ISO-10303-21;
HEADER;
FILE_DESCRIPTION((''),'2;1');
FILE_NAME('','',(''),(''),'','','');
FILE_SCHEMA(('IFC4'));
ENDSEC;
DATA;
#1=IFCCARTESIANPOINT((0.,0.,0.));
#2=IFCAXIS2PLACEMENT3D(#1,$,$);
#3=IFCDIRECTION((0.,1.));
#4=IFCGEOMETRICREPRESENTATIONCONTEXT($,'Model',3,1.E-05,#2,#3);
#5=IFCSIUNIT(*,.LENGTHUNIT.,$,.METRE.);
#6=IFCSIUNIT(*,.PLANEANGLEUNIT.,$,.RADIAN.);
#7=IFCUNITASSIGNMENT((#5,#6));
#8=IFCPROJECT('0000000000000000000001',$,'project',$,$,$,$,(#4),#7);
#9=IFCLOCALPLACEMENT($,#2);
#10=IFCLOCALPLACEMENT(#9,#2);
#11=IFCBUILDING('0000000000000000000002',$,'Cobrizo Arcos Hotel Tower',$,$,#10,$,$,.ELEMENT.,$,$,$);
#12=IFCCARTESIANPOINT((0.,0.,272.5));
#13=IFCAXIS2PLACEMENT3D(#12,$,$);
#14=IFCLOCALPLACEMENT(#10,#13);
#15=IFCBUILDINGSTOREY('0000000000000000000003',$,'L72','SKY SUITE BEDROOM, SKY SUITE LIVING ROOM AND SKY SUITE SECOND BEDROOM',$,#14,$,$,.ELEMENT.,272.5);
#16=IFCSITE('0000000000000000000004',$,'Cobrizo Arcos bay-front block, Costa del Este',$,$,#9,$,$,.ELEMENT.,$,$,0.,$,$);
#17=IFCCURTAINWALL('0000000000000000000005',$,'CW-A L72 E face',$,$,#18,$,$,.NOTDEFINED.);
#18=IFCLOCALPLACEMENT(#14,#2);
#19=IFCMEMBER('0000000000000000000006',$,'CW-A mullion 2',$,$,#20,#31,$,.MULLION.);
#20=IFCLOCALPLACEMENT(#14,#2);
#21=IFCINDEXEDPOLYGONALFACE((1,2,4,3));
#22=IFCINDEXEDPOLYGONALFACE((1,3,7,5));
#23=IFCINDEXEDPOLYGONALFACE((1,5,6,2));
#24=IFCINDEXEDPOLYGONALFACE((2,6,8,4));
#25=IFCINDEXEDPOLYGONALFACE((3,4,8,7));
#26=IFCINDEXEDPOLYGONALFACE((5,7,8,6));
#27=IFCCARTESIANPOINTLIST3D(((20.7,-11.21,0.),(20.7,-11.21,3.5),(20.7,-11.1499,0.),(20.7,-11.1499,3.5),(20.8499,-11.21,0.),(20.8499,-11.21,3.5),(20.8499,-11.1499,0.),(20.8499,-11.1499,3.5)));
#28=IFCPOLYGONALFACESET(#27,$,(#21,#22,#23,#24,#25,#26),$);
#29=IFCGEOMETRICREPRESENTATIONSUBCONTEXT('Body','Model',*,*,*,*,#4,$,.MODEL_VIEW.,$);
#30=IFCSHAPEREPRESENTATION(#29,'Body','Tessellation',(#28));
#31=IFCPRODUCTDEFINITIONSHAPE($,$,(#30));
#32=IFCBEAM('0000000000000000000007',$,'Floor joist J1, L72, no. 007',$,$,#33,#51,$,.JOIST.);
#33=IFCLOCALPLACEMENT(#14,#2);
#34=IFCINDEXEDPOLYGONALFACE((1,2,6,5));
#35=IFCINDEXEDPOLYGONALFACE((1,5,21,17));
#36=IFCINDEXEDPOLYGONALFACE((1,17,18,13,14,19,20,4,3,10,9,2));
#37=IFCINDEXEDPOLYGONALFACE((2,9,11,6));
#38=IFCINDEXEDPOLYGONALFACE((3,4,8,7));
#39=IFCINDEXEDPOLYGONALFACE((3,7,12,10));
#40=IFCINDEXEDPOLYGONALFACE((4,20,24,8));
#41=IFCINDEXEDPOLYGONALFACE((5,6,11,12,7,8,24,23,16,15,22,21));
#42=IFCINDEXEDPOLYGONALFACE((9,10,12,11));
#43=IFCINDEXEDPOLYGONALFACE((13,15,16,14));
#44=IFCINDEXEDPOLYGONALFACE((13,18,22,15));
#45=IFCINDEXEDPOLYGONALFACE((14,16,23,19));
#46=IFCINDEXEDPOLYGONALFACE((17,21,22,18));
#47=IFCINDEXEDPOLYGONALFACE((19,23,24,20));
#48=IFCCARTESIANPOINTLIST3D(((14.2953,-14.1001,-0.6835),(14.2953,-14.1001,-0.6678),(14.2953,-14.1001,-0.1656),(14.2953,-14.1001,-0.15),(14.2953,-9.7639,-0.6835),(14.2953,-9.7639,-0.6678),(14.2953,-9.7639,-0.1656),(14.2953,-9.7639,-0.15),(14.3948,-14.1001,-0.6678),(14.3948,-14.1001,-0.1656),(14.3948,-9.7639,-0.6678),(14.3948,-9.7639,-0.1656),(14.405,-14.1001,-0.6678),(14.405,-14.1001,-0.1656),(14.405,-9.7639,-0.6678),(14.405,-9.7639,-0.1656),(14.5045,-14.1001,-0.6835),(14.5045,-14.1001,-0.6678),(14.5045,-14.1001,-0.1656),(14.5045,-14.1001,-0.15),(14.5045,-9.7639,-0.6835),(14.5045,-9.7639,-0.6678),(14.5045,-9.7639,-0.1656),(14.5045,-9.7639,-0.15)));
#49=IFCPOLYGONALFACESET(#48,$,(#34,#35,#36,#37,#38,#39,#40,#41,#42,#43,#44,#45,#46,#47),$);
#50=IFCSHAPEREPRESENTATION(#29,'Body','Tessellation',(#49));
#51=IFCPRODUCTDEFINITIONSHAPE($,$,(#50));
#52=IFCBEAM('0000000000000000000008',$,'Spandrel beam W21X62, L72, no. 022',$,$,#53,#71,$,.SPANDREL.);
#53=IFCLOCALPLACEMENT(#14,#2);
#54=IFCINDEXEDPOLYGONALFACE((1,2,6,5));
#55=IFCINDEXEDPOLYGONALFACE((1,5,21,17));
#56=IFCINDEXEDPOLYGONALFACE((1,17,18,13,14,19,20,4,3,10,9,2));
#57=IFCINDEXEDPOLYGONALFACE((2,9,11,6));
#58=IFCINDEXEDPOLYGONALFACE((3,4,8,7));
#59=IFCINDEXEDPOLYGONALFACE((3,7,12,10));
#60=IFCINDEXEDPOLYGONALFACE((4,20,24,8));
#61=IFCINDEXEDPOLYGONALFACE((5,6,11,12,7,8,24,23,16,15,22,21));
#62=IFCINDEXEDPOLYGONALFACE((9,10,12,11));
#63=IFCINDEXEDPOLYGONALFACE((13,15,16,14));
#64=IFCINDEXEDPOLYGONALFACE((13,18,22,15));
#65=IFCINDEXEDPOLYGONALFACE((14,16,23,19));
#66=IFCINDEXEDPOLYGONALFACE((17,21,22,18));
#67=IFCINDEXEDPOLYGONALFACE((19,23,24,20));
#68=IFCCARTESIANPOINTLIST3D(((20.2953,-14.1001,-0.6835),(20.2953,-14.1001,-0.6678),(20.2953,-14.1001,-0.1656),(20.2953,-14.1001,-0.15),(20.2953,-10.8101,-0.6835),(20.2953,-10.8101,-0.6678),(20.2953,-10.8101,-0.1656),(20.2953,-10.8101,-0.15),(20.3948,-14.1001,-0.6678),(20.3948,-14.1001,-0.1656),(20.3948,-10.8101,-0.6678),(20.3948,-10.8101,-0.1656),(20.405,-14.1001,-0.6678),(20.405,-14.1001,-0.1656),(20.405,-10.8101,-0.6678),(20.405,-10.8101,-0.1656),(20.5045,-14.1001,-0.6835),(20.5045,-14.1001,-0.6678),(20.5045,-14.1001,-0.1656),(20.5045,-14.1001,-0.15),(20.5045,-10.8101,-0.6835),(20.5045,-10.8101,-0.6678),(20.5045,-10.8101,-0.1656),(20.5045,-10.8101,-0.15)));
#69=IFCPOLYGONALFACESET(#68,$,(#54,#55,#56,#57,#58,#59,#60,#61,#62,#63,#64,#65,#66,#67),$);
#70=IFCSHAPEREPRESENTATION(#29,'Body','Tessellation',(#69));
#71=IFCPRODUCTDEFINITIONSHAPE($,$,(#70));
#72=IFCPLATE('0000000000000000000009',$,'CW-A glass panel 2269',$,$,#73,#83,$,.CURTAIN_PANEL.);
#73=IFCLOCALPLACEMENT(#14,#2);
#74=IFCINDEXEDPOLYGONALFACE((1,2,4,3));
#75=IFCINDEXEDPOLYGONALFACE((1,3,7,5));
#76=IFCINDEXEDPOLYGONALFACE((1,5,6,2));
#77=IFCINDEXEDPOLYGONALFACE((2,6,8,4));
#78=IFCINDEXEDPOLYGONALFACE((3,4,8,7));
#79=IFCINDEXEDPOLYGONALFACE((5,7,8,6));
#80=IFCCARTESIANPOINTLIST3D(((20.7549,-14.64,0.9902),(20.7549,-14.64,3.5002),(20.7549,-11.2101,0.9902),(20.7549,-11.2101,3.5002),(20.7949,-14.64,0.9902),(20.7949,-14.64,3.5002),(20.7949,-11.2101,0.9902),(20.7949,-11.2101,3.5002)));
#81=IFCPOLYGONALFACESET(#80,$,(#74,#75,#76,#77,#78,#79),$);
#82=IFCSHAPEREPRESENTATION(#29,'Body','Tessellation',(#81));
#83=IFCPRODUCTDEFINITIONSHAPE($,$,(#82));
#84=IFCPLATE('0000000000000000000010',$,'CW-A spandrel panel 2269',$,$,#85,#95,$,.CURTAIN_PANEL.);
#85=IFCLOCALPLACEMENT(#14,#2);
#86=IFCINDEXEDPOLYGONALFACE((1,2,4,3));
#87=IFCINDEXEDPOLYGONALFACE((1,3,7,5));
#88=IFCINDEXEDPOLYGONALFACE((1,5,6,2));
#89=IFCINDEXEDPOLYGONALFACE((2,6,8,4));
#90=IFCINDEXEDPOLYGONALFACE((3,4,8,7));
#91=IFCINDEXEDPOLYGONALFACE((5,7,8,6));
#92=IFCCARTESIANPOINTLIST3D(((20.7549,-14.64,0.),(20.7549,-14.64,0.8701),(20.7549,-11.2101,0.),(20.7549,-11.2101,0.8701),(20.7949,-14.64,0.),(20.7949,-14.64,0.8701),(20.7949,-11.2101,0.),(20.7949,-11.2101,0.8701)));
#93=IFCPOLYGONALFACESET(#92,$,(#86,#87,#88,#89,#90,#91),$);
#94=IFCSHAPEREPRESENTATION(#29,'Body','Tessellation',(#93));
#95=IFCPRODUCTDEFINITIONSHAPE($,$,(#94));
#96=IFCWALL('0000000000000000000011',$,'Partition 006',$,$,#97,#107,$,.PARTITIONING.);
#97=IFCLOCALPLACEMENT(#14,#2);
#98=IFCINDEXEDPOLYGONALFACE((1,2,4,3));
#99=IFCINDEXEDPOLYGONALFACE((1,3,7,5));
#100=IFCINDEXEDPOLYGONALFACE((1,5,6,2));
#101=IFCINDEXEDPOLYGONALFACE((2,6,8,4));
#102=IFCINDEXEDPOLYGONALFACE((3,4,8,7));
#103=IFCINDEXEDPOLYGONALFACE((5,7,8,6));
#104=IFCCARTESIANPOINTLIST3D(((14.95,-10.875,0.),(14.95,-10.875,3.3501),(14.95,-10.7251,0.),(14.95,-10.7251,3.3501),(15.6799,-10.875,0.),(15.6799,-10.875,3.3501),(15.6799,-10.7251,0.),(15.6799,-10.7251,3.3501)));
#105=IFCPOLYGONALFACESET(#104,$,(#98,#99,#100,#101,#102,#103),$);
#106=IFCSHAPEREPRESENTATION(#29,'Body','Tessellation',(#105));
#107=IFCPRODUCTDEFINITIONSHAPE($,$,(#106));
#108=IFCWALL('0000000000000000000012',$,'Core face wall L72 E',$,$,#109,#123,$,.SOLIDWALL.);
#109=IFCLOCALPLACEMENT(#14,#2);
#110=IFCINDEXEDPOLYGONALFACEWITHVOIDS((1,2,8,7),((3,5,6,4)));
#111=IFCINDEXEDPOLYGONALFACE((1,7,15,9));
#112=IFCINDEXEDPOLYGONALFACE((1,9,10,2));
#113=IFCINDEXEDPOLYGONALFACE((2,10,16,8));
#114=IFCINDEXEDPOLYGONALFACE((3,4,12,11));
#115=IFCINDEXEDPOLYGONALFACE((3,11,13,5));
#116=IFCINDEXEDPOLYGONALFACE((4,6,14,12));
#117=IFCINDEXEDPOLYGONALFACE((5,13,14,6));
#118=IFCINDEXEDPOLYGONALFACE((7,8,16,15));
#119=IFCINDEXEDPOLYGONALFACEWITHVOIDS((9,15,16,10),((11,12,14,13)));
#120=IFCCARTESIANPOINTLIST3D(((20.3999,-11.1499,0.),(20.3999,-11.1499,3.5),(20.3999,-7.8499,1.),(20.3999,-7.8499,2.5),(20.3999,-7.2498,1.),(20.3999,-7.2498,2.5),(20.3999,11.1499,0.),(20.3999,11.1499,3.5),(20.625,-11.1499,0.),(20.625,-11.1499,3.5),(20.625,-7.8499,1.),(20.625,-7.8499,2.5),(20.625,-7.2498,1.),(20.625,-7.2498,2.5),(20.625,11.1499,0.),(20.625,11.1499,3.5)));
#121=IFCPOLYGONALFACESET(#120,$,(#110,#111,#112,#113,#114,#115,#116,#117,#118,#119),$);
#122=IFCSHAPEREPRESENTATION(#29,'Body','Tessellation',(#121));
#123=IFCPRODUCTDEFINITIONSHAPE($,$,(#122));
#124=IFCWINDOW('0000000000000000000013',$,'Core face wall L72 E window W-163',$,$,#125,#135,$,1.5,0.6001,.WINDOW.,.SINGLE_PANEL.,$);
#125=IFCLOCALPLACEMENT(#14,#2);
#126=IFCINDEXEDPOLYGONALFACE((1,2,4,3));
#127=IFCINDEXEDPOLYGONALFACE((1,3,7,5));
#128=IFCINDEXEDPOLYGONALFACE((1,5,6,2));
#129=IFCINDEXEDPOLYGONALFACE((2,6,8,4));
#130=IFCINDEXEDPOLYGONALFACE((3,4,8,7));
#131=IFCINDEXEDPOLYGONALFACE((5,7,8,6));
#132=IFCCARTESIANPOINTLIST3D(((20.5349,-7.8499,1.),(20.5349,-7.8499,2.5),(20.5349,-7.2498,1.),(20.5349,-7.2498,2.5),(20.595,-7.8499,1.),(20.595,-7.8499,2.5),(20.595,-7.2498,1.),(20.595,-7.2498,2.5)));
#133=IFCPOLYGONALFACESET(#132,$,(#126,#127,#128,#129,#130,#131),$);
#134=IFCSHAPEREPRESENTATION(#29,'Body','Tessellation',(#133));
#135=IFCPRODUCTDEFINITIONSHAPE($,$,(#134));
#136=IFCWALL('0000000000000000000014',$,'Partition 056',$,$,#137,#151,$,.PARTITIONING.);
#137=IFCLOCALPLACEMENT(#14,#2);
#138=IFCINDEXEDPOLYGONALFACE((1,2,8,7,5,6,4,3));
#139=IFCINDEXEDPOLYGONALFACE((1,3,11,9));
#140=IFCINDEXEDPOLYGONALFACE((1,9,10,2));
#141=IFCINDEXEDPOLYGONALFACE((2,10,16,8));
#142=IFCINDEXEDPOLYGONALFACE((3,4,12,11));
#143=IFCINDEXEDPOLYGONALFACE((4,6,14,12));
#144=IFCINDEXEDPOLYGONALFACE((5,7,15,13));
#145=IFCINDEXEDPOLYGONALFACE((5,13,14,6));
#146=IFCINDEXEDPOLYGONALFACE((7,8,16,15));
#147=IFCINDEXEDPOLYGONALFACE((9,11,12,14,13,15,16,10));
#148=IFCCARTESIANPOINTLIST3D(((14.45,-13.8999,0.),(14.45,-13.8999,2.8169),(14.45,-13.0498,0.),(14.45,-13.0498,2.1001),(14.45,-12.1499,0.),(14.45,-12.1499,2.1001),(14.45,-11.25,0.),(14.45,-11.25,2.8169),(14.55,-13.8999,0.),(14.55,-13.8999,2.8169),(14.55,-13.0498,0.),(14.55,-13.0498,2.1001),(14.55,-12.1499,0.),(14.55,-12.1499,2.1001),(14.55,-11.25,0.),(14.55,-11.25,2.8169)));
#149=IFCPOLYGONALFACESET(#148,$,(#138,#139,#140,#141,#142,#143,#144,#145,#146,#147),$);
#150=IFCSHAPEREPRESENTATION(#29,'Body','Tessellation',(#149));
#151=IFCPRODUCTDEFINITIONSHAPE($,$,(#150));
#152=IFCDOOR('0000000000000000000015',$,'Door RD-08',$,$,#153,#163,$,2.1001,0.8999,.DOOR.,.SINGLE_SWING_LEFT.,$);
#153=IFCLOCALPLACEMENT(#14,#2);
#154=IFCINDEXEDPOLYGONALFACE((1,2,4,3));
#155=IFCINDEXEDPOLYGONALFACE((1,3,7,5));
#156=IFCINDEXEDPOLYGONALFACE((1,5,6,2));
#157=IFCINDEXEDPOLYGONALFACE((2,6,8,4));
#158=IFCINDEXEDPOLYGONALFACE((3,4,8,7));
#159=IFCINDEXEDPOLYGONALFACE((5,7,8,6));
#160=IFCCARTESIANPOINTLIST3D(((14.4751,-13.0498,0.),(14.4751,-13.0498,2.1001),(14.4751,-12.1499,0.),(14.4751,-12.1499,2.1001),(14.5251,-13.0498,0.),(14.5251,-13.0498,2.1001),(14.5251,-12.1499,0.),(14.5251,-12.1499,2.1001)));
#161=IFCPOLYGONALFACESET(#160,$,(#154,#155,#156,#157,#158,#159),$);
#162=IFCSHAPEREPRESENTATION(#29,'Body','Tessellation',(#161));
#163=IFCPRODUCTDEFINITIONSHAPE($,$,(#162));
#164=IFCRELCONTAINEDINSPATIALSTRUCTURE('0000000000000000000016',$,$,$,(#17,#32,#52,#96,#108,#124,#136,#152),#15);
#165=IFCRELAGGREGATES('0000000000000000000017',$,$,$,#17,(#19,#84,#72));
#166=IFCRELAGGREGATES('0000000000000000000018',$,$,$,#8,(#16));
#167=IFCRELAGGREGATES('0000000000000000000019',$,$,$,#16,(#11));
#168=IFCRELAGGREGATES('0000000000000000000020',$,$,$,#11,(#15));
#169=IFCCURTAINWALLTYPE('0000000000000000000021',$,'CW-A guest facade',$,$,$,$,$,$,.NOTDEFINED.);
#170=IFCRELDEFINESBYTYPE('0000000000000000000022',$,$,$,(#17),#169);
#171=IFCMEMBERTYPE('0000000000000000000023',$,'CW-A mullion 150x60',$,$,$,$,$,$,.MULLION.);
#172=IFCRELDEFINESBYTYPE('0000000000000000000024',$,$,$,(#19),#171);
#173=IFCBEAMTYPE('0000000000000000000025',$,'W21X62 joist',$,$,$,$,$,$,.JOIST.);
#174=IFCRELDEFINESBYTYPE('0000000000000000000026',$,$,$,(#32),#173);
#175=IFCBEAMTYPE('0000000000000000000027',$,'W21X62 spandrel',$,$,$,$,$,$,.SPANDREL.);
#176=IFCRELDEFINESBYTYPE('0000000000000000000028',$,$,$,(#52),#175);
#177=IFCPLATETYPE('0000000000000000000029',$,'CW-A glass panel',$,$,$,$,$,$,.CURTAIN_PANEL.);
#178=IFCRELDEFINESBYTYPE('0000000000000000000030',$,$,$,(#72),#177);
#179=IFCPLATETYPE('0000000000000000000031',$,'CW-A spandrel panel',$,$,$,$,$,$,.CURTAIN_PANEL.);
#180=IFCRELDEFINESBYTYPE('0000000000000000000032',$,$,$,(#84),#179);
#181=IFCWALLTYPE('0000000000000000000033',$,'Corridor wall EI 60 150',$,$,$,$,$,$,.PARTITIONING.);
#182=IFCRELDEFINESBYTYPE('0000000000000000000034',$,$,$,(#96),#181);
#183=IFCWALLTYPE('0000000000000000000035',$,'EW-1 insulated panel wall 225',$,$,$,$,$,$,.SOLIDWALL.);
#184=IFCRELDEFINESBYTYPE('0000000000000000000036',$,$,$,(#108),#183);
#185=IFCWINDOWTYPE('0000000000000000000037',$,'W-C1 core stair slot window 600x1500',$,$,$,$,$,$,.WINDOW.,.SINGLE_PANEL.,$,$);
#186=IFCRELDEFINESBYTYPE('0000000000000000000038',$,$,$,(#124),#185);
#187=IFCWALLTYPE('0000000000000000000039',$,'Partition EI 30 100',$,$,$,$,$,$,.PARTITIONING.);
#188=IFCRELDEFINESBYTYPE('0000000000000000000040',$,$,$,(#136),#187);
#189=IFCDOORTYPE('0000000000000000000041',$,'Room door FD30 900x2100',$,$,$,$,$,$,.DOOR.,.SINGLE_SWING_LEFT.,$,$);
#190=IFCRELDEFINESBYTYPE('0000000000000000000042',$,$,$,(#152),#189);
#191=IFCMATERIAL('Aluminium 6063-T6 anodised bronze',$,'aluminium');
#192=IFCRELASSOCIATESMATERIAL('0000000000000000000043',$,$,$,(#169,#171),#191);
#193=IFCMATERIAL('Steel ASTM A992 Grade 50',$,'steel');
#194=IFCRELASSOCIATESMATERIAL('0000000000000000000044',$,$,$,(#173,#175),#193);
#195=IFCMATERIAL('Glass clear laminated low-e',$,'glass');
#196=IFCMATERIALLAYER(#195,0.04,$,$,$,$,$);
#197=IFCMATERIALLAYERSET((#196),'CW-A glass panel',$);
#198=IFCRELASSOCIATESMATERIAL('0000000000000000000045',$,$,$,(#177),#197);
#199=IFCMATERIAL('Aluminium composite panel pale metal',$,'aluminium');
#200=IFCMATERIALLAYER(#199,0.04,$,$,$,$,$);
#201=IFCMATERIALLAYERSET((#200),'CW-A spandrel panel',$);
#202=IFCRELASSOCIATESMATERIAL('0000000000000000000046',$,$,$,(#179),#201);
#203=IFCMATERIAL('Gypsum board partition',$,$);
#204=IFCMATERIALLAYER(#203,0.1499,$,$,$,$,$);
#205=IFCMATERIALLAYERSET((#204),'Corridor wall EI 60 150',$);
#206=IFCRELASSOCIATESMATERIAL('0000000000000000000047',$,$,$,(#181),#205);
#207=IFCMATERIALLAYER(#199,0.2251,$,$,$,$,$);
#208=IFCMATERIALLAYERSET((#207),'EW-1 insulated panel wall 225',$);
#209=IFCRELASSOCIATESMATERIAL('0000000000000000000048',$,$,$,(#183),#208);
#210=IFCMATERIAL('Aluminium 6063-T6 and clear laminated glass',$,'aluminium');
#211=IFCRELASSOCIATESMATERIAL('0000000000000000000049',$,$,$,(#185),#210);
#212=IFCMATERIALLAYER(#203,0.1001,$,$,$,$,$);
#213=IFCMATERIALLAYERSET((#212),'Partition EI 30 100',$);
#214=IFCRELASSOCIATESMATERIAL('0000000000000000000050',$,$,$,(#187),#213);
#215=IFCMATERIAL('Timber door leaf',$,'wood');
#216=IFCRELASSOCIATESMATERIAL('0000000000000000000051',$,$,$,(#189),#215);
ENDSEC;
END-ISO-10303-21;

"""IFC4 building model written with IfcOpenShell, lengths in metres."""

from ifc_helpers import new_model, si_unit, direction, frame, frame_2d, origin, origin_2d, place, context, subcontext, project, spatial, rectangle, i_section, extrude, material, layer, layer_set, material_profile, profile_set, type_object, element, fill, aggregate, save


model = new_model("IFC4")

# Units and contexts
model_context = context("Model", 3, precision=1e-05, world=origin(), true_north=direction((0.0, 1.0)))
body_context = subcontext(model_context, "Body", "Model", "MODEL_VIEW")
ifc_project = project(units=[si_unit("LENGTHUNIT", "METRE"), si_unit("PLANEANGLEUNIT", "RADIAN")], contexts=[model_context])

# Site, building, storey
site_placement = place(None, origin())
site = spatial("IfcSite", under=ifc_project, at=site_placement, Name="Cobrizo Arcos bay-front block, Costa del Este", CompositionType="ELEMENT", RefElevation=0.0)
building_placement = place(site_placement, origin())
building = spatial("IfcBuilding", under=site, at=building_placement, Name="Cobrizo Arcos Hotel Tower", CompositionType="ELEMENT")
storey_placement = place(building_placement, frame((0.0, 0.0, 272.5)))
storey = spatial("IfcBuildingStorey", under=building, at=storey_placement, Name="L72", Description="SKY SUITE BEDROOM, SKY SUITE LIVING ROOM AND SKY SUITE SECOND BEDROOM", CompositionType="ELEMENT", Elevation=272.5)

# Curtain wall, member
ifc_material_1 = material(Name="Aluminium 6063-T6 anodised bronze", Category="aluminium")
curtain_wall_type = type_object("IfcCurtainWallType", Name="CW-A guest facade", PredefinedType="NOTDEFINED", material=ifc_material_1)
curtain_wall_placement = place(storey_placement, origin())
curtain_wall = element("IfcCurtainWall", 1, at=curtain_wall_placement, inside=storey, type_object=curtain_wall_type, Name="CW-A L72 E face", PredefinedType="NOTDEFINED")
ifc_material_profile_1 = material_profile(ifc_material_1, rectangle(XDim=0.1499, YDim=0.0601, at=origin_2d()), Name="CW-A mullion 150x60")
ifc_profile_set_1 = profile_set([ifc_material_profile_1], Name="Aluminium 6063-T6 anodised bronze")
member_type = type_object("IfcMemberType", Name="CW-A mullion 150x60", PredefinedType="MULLION", material=ifc_profile_set_1)
member_placement = place(storey_placement, frame((20.7749, -11.1799, 0.0), z_axis=(0.0, 0.0, 1.0), x_axis=(1.0, 0.0, 0.0)))
member = element("IfcMember", 2, at=member_placement, type_object=member_type, Name="CW-A mullion 2", PredefinedType="MULLION", context=body_context, shape_type="SweptSolid", body=[
    extrude(rectangle(XDim=0.1499, YDim=0.0601, at=origin_2d()), origin(), (0.0, 0.0, 1.0), 3.5),
])

# Beams
ifc_material_2 = material(Name="Steel ASTM A992 Grade 50", Category="steel")
ifc_material_profile_2 = material_profile(ifc_material_2, i_section(OverallWidth=0.2092, OverallDepth=0.5334, WebThickness=0.0103, FlangeThickness=0.0156, at=origin_2d()), Name="W21X62")
ifc_profile_set_2 = profile_set([ifc_material_profile_2], Name="Steel ASTM A992 Grade 50")
beam_type_1 = type_object("IfcBeamType", Name="W21X62 joist", PredefinedType="JOIST", material=ifc_profile_set_2)
beam_1_placement = place(storey_placement, frame((14.3999, -14.1001, -0.4167), z_axis=(0.0, 1.0, 0.0), x_axis=(-1.0, 0.0, 0.0)))
element("IfcBeam", 3, at=beam_1_placement, inside=storey, type_object=beam_type_1, Name="Floor joist J1, L72, no. 007", PredefinedType="JOIST", context=body_context, shape_type="SweptSolid", body=[
    extrude(i_section(OverallWidth=0.2092, OverallDepth=0.5334, WebThickness=0.0103, FlangeThickness=0.0156, at=origin_2d()), origin(), (0.0, 0.0, 1.0), 4.3362),
])
ifc_material_profile_3 = material_profile(ifc_material_2, i_section(OverallWidth=0.2092, OverallDepth=0.5334, WebThickness=0.0103, FlangeThickness=0.0156, at=origin_2d()), Name="W21X62")
ifc_profile_set_3 = profile_set([ifc_material_profile_3], Name="Steel ASTM A992 Grade 50")
beam_type_2 = type_object("IfcBeamType", Name="W21X62 spandrel", PredefinedType="SPANDREL", material=ifc_profile_set_3)
beam_2_placement = place(storey_placement, frame((20.3999, -10.8101, -0.4167), z_axis=(0.0, -1.0, 0.0), x_axis=(1.0, 0.0, 0.0)))
element("IfcBeam", 4, at=beam_2_placement, inside=storey, type_object=beam_type_2, Name="Spandrel beam W21X62, L72, no. 022", PredefinedType="SPANDREL", context=body_context, shape_type="SweptSolid", body=[
    extrude(i_section(OverallWidth=0.2092, OverallDepth=0.5334, WebThickness=0.0103, FlangeThickness=0.0156, at=origin_2d()), origin(), (0.0, 0.0, 1.0), 3.29),
])

# Plates
ifc_material_3 = material(Name="Glass clear laminated low-e", Category="glass")
ifc_layer_1 = layer(ifc_material_3, 0.04)
ifc_layer_set_1 = layer_set([ifc_layer_1], Name="CW-A glass panel")
plate_type_1 = type_object("IfcPlateType", Name="CW-A glass panel", PredefinedType="CURTAIN_PANEL", material=ifc_layer_set_1)
plate_1_placement = place(storey_placement, frame((20.7749, -12.925, 0.9902), z_axis=(0.0, 0.0, 1.0), x_axis=(0.0, 1.0, 0.0)))
plate_1 = element("IfcPlate", 5, at=plate_1_placement, type_object=plate_type_1, Name="CW-A glass panel 2269", PredefinedType="CURTAIN_PANEL", context=body_context, shape_type="SweptSolid", body=[
    extrude(rectangle(XDim=3.4299, YDim=0.04, at=origin_2d()), origin(), (0.0, 0.0, 1.0), 2.51),
])
ifc_material_4 = material(Name="Aluminium composite panel pale metal", Category="aluminium")
ifc_layer_2 = layer(ifc_material_4, 0.04)
ifc_layer_set_2 = layer_set([ifc_layer_2], Name="CW-A spandrel panel")
plate_type_2 = type_object("IfcPlateType", Name="CW-A spandrel panel", PredefinedType="CURTAIN_PANEL", material=ifc_layer_set_2)
plate_2_placement = place(storey_placement, frame((20.7749, -12.925, 0.0), z_axis=(0.0, 0.0, 1.0), x_axis=(0.0, 1.0, 0.0)))
plate_2 = element("IfcPlate", 6, at=plate_2_placement, type_object=plate_type_2, Name="CW-A spandrel panel 2269", PredefinedType="CURTAIN_PANEL", context=body_context, shape_type="SweptSolid", body=[
    extrude(rectangle(XDim=3.4299, YDim=0.04, at=origin_2d()), origin(), (0.0, 0.0, 1.0), 0.8701),
])
aggregate(curtain_wall, [member, plate_2, plate_1])

# Wall
ifc_material_5 = material(Name="Gypsum board partition")
ifc_layer_3 = layer(ifc_material_5, 0.1499)
ifc_layer_set_3 = layer_set([ifc_layer_3], Name="Corridor wall EI 60 150")
wall_type_1 = type_object("IfcWallType", Name="Corridor wall EI 60 150", PredefinedType="PARTITIONING", material=ifc_layer_set_3)
wall_1_placement = place(storey_placement, frame((14.95, -10.8, 0.0), z_axis=(0.0, 0.0, 1.0), x_axis=(1.0, 0.0, 0.0)))
element("IfcWall", 7, at=wall_1_placement, inside=storey, type_object=wall_type_1, Name="Partition 006", PredefinedType="PARTITIONING", context=body_context, shape_type="SweptSolid", body=[
    extrude(rectangle(XDim=0.73, YDim=0.1499, at=frame_2d((0.365, 0.0))), origin(), (0.0, 0.0, 1.0), 3.3501),
])

# Wall, opening, window
ifc_layer_4 = layer(ifc_material_4, 0.2251)
ifc_layer_set_4 = layer_set([ifc_layer_4], Name="EW-1 insulated panel wall 225")
wall_type_2 = type_object("IfcWallType", Name="EW-1 insulated panel wall 225", PredefinedType="SOLIDWALL", material=ifc_layer_set_4)
wall_2_placement = place(storey_placement, frame((20.5125, -11.1499, 0.0), z_axis=(0.0, 0.0, 1.0), x_axis=(0.0, 1.0, 0.0)))
wall_2 = element("IfcWall", 8, at=wall_2_placement, inside=storey, type_object=wall_type_2, Name="Core face wall L72 E", PredefinedType="SOLIDWALL", context=body_context, shape_type="SweptSolid", body=[
    extrude(rectangle(XDim=22.2998, YDim=0.2251, at=frame_2d((11.1499, 0.0))), origin(), (0.0, 0.0, 1.0), 3.5),
])
opening_1_placement = place(wall_2_placement, frame((3.3, 0.0, 1.0)))
opening_1 = element("IfcOpeningElement", 9, at=opening_1_placement, cuts=wall_2, PredefinedType="OPENING", context=body_context, shape_type="SweptSolid", body=[
    extrude(rectangle(XDim=0.6001, YDim=1.5, at=frame_2d((0.3, 0.75))), frame((0.0, 0.1245, 0.0), z_axis=(0.0, -1.0, 0.0), x_axis=(1.0, 0.0, 0.0)), (0.0, 0.0, 1.0), 0.249),
])
ifc_material_6 = material(Name="Aluminium 6063-T6 and clear laminated glass", Category="aluminium")
window_type = type_object("IfcWindowType", Name="W-C1 core stair slot window 600x1500", PartitioningType="SINGLE_PANEL", PredefinedType="WINDOW", material=ifc_material_6)
window_placement = place(opening_1_placement, origin())
window = element("IfcWindow", 10, at=window_placement, inside=storey, type_object=window_type, Name="Core face wall L72 E window W-163", OverallHeight=1.5, OverallWidth=0.6001, PartitioningType="SINGLE_PANEL", PredefinedType="WINDOW", context=body_context, shape_type="SweptSolid", body=[
    extrude(rectangle(XDim=0.6001, YDim=1.5, at=frame_2d((0.3, 0.75))), frame((0.0, -0.0225, 0.0), z_axis=(0.0, -1.0, 0.0), x_axis=(1.0, 0.0, 0.0)), (0.0, 0.0, 1.0), 0.0601),
])
fill(opening_1, window)

# Wall, opening, door
ifc_layer_5 = layer(ifc_material_5, 0.1001)
ifc_layer_set_5 = layer_set([ifc_layer_5], Name="Partition EI 30 100")
wall_type_3 = type_object("IfcWallType", Name="Partition EI 30 100", PredefinedType="PARTITIONING", material=ifc_layer_set_5)
wall_3_placement = place(storey_placement, frame((14.5, -13.8999, 0.0), z_axis=(0.0, 0.0, 1.0), x_axis=(0.0, 1.0, 0.0)))
wall_3 = element("IfcWall", 11, at=wall_3_placement, inside=storey, type_object=wall_type_3, Name="Partition 056", PredefinedType="PARTITIONING", context=body_context, shape_type="SweptSolid", body=[
    extrude(rectangle(XDim=2.6499, YDim=0.1001, at=frame_2d((1.325, 0.0))), origin(), (0.0, 0.0, 1.0), 2.8169),
])
opening_2_placement = place(wall_3_placement, frame((0.8501, 0.0, 0.0)))
opening_2 = element("IfcOpeningElement", 12, at=opening_2_placement, cuts=wall_3, PredefinedType="OPENING", context=body_context, shape_type="SweptSolid", body=[
    extrude(rectangle(XDim=0.8999, YDim=2.1001, at=frame_2d((0.45, 1.05))), frame((0.0, 0.062, 0.0), z_axis=(0.0, -1.0, 0.0), x_axis=(1.0, 0.0, 0.0)), (0.0, 0.0, 1.0), 0.124),
])
ifc_material_7 = material(Name="Timber door leaf", Category="wood")
door_type_1 = type_object("IfcDoorType", Name="Room door FD30 900x2100", OperationType="SINGLE_SWING_LEFT", PredefinedType="DOOR", material=ifc_material_7)
door_1_placement = place(opening_2_placement, origin())
door_1 = element("IfcDoor", 13, at=door_1_placement, inside=storey, type_object=door_type_1, Name="Door RD-08", OperationType="SINGLE_SWING_LEFT", OverallHeight=2.1001, OverallWidth=0.8999, PredefinedType="DOOR", context=body_context, shape_type="SweptSolid", body=[
    extrude(rectangle(XDim=0.8999, YDim=2.1001, at=frame_2d((0.45, 1.05))), frame((0.0, 0.0249, 0.0), z_axis=(0.0, -1.0, 0.0), x_axis=(1.0, 0.0, 0.0)), (0.0, 0.0, 1.0), 0.05),
])
fill(opening_2, door_1)

save(model, "model.ifc")
